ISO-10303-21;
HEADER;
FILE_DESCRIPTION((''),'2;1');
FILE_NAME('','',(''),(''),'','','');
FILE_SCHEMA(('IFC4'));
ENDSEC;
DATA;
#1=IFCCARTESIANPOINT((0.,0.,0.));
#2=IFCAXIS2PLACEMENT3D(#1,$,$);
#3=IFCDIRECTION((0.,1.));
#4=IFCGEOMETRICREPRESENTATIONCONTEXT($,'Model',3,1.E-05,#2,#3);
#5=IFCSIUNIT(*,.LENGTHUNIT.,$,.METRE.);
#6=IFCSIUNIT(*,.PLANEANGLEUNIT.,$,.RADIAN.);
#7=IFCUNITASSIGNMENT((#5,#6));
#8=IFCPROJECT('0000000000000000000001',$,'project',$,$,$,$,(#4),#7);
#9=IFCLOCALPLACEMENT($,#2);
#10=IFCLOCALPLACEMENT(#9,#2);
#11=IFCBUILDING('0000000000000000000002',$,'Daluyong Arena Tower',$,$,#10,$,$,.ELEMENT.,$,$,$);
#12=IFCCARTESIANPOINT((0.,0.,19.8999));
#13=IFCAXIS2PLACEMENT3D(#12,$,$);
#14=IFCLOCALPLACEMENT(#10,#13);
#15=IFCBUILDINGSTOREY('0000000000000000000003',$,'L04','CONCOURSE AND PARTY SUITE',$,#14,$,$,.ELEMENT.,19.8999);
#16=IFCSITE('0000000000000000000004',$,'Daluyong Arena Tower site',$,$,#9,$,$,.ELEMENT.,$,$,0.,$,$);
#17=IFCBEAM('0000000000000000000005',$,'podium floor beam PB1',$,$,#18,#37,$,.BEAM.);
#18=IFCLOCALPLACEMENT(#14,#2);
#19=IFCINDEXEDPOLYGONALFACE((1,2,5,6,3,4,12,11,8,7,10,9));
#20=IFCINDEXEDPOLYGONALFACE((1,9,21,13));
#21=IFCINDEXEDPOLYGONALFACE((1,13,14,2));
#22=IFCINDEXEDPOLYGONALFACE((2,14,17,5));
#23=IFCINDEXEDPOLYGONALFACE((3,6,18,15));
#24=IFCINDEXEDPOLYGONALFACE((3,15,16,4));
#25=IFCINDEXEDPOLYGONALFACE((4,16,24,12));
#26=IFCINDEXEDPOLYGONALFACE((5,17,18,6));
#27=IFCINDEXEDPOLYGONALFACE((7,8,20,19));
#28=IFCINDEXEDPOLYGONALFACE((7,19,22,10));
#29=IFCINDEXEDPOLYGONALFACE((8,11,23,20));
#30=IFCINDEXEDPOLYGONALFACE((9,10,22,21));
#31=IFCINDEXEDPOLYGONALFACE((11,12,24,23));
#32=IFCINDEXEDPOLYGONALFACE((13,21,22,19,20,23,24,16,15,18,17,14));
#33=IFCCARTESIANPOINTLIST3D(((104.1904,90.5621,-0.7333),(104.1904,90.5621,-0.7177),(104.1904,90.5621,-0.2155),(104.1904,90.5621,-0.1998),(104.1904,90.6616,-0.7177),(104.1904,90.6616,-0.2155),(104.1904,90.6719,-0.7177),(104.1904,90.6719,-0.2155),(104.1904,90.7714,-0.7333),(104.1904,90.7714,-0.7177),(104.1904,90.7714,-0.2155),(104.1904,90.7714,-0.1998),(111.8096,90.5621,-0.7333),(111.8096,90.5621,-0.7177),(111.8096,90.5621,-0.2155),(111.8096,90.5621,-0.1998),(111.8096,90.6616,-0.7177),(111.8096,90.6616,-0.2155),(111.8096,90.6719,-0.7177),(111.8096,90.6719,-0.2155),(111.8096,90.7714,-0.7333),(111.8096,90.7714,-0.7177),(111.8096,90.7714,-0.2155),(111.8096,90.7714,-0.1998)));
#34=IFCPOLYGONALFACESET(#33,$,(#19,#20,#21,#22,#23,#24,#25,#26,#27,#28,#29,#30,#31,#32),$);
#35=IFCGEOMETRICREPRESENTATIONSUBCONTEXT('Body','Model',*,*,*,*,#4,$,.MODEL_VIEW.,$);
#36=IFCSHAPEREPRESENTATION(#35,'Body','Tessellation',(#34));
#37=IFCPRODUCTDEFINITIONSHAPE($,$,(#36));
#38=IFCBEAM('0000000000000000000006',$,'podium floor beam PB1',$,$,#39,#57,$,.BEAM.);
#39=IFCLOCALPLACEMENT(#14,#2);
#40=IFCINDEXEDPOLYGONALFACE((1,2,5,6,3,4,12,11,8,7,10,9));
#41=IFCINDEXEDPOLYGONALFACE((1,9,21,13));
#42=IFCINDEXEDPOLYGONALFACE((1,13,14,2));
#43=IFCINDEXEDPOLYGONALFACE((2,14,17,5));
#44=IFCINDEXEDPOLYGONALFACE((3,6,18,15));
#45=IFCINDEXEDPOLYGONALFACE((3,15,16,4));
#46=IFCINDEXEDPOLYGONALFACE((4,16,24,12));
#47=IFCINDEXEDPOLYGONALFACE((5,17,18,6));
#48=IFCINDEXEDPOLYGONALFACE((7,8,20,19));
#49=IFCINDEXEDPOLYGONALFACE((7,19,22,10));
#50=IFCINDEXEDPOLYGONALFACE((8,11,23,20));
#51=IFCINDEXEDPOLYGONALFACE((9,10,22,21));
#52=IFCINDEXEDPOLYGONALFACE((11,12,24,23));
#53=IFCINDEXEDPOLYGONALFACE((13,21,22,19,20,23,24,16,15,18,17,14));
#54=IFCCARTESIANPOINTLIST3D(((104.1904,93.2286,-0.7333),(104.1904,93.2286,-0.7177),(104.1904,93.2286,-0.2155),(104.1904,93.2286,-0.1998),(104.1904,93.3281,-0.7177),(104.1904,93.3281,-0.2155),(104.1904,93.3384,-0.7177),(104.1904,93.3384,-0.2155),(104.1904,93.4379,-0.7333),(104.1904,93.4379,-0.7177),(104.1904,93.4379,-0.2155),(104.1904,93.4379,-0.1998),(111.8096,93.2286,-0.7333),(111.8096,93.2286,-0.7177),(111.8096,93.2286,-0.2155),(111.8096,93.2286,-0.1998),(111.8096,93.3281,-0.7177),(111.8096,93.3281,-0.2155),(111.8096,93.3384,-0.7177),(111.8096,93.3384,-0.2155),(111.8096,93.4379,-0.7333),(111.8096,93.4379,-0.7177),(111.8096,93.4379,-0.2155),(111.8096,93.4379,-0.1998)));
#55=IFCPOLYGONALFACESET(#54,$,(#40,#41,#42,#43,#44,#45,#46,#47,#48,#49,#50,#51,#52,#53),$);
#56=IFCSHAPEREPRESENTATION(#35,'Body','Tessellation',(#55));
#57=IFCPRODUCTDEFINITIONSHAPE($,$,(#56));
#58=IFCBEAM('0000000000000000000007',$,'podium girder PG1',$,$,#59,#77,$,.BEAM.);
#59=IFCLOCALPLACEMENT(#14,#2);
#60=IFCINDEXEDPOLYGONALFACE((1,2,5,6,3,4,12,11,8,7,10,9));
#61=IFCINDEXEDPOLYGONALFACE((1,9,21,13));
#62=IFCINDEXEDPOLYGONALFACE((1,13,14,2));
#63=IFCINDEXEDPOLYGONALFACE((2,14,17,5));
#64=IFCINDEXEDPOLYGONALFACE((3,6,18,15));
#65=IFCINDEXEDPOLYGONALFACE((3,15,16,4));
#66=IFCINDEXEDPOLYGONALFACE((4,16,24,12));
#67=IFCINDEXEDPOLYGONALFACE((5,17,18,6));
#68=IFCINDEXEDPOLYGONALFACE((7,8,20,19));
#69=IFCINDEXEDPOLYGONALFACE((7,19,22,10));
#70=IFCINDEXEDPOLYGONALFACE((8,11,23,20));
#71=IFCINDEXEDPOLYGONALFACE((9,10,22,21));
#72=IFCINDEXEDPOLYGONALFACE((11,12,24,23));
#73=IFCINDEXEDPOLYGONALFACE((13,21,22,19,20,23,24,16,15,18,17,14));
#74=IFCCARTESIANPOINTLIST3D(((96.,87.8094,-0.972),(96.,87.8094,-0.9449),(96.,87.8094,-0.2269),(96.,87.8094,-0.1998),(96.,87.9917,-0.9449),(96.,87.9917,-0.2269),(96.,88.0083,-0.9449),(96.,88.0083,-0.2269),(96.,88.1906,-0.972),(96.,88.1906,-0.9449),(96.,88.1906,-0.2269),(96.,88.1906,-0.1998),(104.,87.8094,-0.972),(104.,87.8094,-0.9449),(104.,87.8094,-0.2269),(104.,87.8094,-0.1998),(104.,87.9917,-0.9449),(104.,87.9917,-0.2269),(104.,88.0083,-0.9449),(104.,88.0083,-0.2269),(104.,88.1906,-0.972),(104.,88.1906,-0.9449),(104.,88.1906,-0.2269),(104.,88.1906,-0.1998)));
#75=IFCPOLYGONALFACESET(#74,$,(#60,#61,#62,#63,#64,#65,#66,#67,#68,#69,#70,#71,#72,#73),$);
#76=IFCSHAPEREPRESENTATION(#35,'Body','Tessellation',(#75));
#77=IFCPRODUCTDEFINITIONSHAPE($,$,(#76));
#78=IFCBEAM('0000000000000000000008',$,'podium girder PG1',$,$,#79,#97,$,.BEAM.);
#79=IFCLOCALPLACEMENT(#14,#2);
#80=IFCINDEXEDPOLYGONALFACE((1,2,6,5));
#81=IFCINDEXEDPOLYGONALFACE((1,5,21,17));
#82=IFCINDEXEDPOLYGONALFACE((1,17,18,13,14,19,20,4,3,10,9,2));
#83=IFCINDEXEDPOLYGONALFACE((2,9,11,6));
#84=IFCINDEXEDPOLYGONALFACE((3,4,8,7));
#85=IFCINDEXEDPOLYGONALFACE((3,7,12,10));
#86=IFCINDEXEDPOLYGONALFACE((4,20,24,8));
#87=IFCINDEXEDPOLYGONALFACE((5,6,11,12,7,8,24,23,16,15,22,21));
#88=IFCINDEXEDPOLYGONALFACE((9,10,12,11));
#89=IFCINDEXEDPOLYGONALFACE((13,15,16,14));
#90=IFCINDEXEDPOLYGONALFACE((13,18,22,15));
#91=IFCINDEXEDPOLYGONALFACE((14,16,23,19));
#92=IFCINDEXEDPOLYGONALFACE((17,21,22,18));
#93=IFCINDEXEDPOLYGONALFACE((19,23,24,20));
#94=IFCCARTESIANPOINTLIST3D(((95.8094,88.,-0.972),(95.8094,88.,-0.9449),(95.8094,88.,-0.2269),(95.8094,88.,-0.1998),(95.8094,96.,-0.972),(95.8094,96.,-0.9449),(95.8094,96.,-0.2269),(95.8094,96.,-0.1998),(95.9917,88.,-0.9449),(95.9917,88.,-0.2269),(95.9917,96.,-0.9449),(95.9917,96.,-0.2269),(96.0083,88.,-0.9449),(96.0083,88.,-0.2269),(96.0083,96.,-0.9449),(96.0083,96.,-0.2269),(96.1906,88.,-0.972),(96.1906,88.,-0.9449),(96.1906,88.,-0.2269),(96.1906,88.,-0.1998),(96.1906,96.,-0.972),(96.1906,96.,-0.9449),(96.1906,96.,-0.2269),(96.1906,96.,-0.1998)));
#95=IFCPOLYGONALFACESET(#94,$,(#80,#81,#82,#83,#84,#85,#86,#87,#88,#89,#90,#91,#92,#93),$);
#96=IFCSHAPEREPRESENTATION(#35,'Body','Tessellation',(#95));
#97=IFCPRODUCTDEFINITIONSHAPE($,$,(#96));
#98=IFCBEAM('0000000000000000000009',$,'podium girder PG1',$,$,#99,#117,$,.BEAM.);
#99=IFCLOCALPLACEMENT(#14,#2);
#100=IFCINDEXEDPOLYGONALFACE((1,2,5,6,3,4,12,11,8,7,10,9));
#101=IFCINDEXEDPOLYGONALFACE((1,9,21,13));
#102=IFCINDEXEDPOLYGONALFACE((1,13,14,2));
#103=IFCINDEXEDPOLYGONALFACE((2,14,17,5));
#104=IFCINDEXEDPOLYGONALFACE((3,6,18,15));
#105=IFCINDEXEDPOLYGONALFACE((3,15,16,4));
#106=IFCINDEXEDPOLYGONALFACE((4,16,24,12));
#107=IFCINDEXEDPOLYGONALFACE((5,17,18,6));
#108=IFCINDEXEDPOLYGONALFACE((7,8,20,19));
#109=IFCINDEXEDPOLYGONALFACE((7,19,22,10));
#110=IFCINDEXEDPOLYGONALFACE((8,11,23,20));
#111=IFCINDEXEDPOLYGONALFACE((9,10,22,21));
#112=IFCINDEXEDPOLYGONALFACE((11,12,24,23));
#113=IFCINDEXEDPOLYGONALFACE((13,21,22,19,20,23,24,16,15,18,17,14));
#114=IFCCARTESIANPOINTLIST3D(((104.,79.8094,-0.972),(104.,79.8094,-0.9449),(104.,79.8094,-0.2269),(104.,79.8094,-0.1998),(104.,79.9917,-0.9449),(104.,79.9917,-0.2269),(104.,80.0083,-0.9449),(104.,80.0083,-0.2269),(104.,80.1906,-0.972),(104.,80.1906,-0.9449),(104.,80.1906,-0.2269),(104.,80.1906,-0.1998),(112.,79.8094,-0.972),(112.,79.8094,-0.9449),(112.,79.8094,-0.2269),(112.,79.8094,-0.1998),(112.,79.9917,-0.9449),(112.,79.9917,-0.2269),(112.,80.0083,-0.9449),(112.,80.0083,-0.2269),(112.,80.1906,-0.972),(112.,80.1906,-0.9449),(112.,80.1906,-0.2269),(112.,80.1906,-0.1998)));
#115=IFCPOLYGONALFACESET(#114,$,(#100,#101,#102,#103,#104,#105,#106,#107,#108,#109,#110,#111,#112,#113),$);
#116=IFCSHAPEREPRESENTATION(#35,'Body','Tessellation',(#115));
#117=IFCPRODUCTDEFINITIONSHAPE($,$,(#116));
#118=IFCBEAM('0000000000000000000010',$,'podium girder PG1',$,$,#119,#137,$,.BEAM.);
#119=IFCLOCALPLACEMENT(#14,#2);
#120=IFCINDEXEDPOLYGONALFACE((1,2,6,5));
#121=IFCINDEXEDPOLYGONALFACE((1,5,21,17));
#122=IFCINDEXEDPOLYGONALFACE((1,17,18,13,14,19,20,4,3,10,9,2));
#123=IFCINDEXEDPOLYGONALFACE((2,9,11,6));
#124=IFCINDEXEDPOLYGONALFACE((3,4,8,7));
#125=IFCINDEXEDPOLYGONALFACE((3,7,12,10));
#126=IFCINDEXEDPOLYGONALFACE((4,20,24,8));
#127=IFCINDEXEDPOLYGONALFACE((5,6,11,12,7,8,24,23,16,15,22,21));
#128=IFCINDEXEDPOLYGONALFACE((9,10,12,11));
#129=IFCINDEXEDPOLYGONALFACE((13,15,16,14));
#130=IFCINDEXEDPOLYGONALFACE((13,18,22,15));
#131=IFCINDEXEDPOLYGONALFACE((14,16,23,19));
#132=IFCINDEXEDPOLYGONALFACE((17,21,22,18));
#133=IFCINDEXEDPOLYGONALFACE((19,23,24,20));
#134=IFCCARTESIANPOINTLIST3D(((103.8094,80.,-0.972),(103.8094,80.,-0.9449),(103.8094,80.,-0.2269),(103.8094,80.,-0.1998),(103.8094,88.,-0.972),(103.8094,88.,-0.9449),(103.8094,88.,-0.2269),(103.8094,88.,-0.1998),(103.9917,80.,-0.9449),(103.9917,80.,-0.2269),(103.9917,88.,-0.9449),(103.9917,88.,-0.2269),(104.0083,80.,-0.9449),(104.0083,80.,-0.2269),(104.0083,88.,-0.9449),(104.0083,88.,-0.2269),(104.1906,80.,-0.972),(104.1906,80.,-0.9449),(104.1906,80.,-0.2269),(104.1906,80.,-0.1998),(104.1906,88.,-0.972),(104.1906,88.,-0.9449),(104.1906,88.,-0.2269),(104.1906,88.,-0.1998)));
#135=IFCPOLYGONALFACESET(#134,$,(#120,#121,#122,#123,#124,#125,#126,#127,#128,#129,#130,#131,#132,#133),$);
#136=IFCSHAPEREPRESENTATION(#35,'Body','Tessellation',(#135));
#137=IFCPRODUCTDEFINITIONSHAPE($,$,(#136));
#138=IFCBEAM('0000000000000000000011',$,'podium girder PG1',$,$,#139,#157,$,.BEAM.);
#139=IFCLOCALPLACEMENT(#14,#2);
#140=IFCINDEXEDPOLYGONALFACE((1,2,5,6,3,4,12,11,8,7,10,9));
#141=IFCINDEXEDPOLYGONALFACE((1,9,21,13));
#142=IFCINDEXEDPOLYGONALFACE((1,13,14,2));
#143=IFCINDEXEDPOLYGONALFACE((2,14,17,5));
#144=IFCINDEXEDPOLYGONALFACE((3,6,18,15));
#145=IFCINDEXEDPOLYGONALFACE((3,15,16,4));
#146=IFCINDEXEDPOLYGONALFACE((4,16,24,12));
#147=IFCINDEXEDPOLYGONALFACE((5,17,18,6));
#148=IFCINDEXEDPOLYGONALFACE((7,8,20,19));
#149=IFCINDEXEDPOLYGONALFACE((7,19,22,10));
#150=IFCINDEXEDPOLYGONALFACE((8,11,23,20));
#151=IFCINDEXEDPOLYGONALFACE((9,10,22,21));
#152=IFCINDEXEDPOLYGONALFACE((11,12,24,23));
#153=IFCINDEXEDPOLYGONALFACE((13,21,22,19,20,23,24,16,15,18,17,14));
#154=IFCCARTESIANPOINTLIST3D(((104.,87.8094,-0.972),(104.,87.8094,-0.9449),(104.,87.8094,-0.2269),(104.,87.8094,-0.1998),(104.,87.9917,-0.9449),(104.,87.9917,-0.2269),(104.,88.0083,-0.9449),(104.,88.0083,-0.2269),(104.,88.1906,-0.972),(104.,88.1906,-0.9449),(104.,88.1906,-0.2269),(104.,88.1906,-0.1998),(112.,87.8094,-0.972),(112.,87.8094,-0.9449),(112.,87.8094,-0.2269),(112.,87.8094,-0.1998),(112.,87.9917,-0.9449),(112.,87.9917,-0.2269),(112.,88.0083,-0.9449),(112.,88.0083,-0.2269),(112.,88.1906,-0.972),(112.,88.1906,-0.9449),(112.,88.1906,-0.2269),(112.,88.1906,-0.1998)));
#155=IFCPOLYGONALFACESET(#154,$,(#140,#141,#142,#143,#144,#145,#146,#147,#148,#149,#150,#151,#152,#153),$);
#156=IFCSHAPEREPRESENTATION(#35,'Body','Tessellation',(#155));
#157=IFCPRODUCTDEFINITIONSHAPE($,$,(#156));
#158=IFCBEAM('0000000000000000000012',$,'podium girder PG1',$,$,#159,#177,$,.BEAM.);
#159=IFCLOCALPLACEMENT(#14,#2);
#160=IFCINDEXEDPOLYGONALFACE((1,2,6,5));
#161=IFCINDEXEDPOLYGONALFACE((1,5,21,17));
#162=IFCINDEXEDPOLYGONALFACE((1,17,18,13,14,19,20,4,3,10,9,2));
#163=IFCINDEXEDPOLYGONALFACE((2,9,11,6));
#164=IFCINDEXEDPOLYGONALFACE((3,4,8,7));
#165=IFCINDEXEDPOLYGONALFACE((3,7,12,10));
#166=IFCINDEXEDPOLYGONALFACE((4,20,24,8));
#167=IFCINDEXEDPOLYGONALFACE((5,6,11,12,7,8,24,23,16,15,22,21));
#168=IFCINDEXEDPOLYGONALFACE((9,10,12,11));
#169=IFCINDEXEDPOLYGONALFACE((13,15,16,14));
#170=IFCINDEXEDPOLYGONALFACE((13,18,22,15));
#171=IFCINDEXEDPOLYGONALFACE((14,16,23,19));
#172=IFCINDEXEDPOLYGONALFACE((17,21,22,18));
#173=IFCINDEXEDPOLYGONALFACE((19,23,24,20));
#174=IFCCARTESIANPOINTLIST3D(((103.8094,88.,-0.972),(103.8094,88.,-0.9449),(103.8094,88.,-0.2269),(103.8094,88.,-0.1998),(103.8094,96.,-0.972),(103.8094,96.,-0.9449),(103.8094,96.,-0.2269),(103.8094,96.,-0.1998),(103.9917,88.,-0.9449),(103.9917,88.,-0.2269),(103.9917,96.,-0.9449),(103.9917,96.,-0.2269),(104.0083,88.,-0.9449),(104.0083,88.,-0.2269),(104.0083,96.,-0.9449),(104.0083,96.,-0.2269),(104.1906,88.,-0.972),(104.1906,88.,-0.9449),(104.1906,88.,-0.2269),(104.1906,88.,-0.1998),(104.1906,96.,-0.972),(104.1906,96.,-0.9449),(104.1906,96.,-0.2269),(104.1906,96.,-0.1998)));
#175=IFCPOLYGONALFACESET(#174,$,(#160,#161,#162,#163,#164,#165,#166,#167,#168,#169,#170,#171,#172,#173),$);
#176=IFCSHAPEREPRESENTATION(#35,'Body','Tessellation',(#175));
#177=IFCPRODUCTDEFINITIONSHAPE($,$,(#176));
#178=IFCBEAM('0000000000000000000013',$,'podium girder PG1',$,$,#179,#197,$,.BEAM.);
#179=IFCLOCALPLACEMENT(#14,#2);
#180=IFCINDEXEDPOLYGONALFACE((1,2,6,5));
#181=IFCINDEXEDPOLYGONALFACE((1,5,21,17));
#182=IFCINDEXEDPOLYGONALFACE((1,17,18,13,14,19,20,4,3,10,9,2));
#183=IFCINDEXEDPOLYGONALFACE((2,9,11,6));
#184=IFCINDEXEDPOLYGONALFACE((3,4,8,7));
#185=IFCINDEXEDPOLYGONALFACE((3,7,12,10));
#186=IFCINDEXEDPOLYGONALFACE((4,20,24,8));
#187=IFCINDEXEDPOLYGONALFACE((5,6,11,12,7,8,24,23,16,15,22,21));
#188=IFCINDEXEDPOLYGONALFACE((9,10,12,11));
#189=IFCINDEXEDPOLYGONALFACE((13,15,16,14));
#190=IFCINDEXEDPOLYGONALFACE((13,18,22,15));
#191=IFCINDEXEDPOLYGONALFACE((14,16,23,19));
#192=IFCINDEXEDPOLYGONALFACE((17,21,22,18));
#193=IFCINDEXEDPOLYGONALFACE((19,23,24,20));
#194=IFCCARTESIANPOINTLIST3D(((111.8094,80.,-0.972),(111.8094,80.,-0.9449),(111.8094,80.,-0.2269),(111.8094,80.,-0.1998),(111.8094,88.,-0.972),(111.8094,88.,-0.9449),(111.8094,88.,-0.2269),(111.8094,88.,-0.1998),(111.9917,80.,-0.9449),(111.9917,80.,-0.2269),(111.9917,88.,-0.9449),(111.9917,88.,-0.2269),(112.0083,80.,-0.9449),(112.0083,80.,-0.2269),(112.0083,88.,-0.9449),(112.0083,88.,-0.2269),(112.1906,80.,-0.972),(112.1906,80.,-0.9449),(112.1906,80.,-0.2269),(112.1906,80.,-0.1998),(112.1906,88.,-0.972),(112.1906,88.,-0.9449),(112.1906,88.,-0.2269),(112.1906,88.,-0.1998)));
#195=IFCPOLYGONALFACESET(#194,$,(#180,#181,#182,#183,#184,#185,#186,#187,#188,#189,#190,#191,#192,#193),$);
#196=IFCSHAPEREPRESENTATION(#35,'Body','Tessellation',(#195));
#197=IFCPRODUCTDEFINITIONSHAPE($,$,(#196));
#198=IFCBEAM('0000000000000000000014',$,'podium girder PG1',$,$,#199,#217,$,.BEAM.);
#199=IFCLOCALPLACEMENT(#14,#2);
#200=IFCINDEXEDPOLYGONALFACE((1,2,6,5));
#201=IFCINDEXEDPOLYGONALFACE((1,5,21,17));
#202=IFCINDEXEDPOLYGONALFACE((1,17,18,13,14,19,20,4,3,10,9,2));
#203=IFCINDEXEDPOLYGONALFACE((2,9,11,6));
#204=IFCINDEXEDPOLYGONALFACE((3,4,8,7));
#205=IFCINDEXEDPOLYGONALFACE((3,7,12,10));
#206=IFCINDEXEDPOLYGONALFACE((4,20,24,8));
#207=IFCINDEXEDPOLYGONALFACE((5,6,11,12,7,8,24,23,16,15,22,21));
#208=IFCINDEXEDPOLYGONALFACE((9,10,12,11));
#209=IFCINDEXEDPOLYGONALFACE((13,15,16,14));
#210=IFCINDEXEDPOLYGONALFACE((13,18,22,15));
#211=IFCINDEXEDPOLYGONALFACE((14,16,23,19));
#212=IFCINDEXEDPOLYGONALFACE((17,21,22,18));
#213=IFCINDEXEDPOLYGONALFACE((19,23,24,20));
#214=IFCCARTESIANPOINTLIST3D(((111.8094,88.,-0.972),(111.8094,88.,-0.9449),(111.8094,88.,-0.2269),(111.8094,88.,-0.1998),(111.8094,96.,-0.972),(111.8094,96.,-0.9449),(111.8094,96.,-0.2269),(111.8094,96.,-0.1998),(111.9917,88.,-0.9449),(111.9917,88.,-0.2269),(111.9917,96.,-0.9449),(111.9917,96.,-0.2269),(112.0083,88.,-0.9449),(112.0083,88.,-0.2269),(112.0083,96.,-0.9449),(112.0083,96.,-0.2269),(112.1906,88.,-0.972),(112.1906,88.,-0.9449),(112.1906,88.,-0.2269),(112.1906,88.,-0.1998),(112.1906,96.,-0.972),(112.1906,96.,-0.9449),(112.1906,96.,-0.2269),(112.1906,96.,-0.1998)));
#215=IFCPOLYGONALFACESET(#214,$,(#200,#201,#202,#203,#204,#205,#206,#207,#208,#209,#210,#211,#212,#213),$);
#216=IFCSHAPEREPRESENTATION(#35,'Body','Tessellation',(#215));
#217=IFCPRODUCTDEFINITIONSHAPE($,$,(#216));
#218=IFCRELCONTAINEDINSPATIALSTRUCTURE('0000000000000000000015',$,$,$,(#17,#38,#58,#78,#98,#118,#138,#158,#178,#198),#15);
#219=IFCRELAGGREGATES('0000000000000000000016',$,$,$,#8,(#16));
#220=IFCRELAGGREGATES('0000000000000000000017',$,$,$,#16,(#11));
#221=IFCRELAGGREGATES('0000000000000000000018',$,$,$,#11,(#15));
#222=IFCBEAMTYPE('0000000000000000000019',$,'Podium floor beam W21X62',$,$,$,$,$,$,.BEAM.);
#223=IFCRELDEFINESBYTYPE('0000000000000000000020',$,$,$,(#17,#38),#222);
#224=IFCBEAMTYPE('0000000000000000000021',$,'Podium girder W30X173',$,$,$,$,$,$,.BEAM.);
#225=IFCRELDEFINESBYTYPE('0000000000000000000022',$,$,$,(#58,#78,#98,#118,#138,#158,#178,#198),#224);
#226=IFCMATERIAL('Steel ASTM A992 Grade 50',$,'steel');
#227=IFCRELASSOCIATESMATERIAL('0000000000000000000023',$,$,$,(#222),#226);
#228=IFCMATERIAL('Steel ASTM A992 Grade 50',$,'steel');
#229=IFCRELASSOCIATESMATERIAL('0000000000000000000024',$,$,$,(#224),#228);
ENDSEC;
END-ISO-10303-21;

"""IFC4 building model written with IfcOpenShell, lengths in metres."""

from ifc_helpers import new_model, si_unit, direction, frame, origin, origin_2d, place, context, subcontext, project, spatial, i_section, extrude, material, material_profile, profile_set, type_object, element, save


model = new_model("IFC4")

# Units and contexts
model_context = context("Model", 3, precision=1e-05, world=origin(), true_north=direction((0.0, 1.0)))
body_context = subcontext(model_context, "Body", "Model", "MODEL_VIEW")
ifc_project = project(units=[si_unit("LENGTHUNIT", "METRE"), si_unit("PLANEANGLEUNIT", "RADIAN")], contexts=[model_context])

# Site, building, storey
site_placement = place(None, origin())
site = spatial("IfcSite", under=ifc_project, at=site_placement, Name="Daluyong Arena Tower site", CompositionType="ELEMENT", RefElevation=0.0)
building_placement = place(site_placement, origin())
building = spatial("IfcBuilding", under=site, at=building_placement, Name="Daluyong Arena Tower", CompositionType="ELEMENT")
storey_placement = place(building_placement, frame((0.0, 0.0, 19.8999)))
storey = spatial("IfcBuildingStorey", under=building, at=storey_placement, Name="L04", Description="CONCOURSE AND PARTY SUITE", CompositionType="ELEMENT", Elevation=19.8999)

# Beams
ifc_material_1 = material(Name="Steel ASTM A992 Grade 50", Category="steel")
ifc_material_profile_1 = material_profile(ifc_material_1, i_section(OverallWidth=0.2092, OverallDepth=0.5334, WebThickness=0.0103, FlangeThickness=0.0156, at=origin_2d()))
ifc_profile_set_1 = profile_set([ifc_material_profile_1], Name="Steel ASTM A992 Grade 50")
beam_type_1 = type_object("IfcBeamType", Name="Podium floor beam W21X62", PredefinedType="BEAM", material=ifc_profile_set_1)
for number, where, z_axis, x_axis, name in (
    (1, (104.1904, 90.6667, -0.4666), (1.0, 0.0, 0.0), (0.0, 1.0, 0.0), "podium floor beam PB1"),
    (2, (104.1904, 93.3333, -0.4666), (1.0, 0.0, 0.0), (0.0, 1.0, 0.0), "podium floor beam PB1"),
):
    element("IfcBeam", number, at=place(storey_placement, frame(where, z_axis=z_axis, x_axis=x_axis)), inside=storey, type_object=beam_type_1, Name=name, PredefinedType="BEAM", context=body_context, shape_type="SweptSolid", body=[
        extrude(i_section(OverallWidth=0.2092, OverallDepth=0.5334, WebThickness=0.0103, FlangeThickness=0.0156, at=origin_2d()), origin(), (0.0, 0.0, 1.0), 7.6191),
    ])
ifc_material_2 = material(Name="Steel ASTM A992 Grade 50", Category="steel")
ifc_material_profile_2 = material_profile(ifc_material_2, i_section(OverallWidth=0.3811, OverallDepth=0.7722, WebThickness=0.0166, FlangeThickness=0.0271, at=origin_2d()))
ifc_profile_set_2 = profile_set([ifc_material_profile_2], Name="Steel ASTM A992 Grade 50")
beam_type_2 = type_object("IfcBeamType", Name="Podium girder W30X173", PredefinedType="BEAM", material=ifc_profile_set_2)
for number, where, z_axis, x_axis, name in (
    (3, (96.0, 88.0, -0.5859), (1.0, 0.0, 0.0), (0.0, 1.0, 0.0), "podium girder PG1"),
    (4, (96.0, 88.0, -0.5859), (0.0, 1.0, 0.0), (-1.0, 0.0, 0.0), "podium girder PG1"),
    (5, (104.0, 80.0, -0.5859), (1.0, 0.0, 0.0), (0.0, 1.0, 0.0), "podium girder PG1"),
    (6, (104.0, 80.0, -0.5859), (0.0, 1.0, 0.0), (-1.0, 0.0, 0.0), "podium girder PG1"),
    (7, (104.0, 88.0, -0.5859), (1.0, 0.0, 0.0), (0.0, 1.0, 0.0), "podium girder PG1"),
    (8, (104.0, 88.0, -0.5859), (0.0, 1.0, 0.0), (-1.0, 0.0, 0.0), "podium girder PG1"),
    (9, (112.0, 80.0, -0.5859), (0.0, 1.0, 0.0), (-1.0, 0.0, 0.0), "podium girder PG1"),
    (10, (112.0, 88.0, -0.5859), (0.0, 1.0, 0.0), (-1.0, 0.0, 0.0), "podium girder PG1"),
):
    element("IfcBeam", number, at=place(storey_placement, frame(where, z_axis=z_axis, x_axis=x_axis)), inside=storey, type_object=beam_type_2, Name=name, PredefinedType="BEAM", context=body_context, shape_type="SweptSolid", body=[
        extrude(i_section(OverallWidth=0.3811, OverallDepth=0.7722, WebThickness=0.0166, FlangeThickness=0.0271, at=origin_2d()), origin(), (0.0, 0.0, 1.0), 8.0),
    ])

save(model, "model.ifc")
